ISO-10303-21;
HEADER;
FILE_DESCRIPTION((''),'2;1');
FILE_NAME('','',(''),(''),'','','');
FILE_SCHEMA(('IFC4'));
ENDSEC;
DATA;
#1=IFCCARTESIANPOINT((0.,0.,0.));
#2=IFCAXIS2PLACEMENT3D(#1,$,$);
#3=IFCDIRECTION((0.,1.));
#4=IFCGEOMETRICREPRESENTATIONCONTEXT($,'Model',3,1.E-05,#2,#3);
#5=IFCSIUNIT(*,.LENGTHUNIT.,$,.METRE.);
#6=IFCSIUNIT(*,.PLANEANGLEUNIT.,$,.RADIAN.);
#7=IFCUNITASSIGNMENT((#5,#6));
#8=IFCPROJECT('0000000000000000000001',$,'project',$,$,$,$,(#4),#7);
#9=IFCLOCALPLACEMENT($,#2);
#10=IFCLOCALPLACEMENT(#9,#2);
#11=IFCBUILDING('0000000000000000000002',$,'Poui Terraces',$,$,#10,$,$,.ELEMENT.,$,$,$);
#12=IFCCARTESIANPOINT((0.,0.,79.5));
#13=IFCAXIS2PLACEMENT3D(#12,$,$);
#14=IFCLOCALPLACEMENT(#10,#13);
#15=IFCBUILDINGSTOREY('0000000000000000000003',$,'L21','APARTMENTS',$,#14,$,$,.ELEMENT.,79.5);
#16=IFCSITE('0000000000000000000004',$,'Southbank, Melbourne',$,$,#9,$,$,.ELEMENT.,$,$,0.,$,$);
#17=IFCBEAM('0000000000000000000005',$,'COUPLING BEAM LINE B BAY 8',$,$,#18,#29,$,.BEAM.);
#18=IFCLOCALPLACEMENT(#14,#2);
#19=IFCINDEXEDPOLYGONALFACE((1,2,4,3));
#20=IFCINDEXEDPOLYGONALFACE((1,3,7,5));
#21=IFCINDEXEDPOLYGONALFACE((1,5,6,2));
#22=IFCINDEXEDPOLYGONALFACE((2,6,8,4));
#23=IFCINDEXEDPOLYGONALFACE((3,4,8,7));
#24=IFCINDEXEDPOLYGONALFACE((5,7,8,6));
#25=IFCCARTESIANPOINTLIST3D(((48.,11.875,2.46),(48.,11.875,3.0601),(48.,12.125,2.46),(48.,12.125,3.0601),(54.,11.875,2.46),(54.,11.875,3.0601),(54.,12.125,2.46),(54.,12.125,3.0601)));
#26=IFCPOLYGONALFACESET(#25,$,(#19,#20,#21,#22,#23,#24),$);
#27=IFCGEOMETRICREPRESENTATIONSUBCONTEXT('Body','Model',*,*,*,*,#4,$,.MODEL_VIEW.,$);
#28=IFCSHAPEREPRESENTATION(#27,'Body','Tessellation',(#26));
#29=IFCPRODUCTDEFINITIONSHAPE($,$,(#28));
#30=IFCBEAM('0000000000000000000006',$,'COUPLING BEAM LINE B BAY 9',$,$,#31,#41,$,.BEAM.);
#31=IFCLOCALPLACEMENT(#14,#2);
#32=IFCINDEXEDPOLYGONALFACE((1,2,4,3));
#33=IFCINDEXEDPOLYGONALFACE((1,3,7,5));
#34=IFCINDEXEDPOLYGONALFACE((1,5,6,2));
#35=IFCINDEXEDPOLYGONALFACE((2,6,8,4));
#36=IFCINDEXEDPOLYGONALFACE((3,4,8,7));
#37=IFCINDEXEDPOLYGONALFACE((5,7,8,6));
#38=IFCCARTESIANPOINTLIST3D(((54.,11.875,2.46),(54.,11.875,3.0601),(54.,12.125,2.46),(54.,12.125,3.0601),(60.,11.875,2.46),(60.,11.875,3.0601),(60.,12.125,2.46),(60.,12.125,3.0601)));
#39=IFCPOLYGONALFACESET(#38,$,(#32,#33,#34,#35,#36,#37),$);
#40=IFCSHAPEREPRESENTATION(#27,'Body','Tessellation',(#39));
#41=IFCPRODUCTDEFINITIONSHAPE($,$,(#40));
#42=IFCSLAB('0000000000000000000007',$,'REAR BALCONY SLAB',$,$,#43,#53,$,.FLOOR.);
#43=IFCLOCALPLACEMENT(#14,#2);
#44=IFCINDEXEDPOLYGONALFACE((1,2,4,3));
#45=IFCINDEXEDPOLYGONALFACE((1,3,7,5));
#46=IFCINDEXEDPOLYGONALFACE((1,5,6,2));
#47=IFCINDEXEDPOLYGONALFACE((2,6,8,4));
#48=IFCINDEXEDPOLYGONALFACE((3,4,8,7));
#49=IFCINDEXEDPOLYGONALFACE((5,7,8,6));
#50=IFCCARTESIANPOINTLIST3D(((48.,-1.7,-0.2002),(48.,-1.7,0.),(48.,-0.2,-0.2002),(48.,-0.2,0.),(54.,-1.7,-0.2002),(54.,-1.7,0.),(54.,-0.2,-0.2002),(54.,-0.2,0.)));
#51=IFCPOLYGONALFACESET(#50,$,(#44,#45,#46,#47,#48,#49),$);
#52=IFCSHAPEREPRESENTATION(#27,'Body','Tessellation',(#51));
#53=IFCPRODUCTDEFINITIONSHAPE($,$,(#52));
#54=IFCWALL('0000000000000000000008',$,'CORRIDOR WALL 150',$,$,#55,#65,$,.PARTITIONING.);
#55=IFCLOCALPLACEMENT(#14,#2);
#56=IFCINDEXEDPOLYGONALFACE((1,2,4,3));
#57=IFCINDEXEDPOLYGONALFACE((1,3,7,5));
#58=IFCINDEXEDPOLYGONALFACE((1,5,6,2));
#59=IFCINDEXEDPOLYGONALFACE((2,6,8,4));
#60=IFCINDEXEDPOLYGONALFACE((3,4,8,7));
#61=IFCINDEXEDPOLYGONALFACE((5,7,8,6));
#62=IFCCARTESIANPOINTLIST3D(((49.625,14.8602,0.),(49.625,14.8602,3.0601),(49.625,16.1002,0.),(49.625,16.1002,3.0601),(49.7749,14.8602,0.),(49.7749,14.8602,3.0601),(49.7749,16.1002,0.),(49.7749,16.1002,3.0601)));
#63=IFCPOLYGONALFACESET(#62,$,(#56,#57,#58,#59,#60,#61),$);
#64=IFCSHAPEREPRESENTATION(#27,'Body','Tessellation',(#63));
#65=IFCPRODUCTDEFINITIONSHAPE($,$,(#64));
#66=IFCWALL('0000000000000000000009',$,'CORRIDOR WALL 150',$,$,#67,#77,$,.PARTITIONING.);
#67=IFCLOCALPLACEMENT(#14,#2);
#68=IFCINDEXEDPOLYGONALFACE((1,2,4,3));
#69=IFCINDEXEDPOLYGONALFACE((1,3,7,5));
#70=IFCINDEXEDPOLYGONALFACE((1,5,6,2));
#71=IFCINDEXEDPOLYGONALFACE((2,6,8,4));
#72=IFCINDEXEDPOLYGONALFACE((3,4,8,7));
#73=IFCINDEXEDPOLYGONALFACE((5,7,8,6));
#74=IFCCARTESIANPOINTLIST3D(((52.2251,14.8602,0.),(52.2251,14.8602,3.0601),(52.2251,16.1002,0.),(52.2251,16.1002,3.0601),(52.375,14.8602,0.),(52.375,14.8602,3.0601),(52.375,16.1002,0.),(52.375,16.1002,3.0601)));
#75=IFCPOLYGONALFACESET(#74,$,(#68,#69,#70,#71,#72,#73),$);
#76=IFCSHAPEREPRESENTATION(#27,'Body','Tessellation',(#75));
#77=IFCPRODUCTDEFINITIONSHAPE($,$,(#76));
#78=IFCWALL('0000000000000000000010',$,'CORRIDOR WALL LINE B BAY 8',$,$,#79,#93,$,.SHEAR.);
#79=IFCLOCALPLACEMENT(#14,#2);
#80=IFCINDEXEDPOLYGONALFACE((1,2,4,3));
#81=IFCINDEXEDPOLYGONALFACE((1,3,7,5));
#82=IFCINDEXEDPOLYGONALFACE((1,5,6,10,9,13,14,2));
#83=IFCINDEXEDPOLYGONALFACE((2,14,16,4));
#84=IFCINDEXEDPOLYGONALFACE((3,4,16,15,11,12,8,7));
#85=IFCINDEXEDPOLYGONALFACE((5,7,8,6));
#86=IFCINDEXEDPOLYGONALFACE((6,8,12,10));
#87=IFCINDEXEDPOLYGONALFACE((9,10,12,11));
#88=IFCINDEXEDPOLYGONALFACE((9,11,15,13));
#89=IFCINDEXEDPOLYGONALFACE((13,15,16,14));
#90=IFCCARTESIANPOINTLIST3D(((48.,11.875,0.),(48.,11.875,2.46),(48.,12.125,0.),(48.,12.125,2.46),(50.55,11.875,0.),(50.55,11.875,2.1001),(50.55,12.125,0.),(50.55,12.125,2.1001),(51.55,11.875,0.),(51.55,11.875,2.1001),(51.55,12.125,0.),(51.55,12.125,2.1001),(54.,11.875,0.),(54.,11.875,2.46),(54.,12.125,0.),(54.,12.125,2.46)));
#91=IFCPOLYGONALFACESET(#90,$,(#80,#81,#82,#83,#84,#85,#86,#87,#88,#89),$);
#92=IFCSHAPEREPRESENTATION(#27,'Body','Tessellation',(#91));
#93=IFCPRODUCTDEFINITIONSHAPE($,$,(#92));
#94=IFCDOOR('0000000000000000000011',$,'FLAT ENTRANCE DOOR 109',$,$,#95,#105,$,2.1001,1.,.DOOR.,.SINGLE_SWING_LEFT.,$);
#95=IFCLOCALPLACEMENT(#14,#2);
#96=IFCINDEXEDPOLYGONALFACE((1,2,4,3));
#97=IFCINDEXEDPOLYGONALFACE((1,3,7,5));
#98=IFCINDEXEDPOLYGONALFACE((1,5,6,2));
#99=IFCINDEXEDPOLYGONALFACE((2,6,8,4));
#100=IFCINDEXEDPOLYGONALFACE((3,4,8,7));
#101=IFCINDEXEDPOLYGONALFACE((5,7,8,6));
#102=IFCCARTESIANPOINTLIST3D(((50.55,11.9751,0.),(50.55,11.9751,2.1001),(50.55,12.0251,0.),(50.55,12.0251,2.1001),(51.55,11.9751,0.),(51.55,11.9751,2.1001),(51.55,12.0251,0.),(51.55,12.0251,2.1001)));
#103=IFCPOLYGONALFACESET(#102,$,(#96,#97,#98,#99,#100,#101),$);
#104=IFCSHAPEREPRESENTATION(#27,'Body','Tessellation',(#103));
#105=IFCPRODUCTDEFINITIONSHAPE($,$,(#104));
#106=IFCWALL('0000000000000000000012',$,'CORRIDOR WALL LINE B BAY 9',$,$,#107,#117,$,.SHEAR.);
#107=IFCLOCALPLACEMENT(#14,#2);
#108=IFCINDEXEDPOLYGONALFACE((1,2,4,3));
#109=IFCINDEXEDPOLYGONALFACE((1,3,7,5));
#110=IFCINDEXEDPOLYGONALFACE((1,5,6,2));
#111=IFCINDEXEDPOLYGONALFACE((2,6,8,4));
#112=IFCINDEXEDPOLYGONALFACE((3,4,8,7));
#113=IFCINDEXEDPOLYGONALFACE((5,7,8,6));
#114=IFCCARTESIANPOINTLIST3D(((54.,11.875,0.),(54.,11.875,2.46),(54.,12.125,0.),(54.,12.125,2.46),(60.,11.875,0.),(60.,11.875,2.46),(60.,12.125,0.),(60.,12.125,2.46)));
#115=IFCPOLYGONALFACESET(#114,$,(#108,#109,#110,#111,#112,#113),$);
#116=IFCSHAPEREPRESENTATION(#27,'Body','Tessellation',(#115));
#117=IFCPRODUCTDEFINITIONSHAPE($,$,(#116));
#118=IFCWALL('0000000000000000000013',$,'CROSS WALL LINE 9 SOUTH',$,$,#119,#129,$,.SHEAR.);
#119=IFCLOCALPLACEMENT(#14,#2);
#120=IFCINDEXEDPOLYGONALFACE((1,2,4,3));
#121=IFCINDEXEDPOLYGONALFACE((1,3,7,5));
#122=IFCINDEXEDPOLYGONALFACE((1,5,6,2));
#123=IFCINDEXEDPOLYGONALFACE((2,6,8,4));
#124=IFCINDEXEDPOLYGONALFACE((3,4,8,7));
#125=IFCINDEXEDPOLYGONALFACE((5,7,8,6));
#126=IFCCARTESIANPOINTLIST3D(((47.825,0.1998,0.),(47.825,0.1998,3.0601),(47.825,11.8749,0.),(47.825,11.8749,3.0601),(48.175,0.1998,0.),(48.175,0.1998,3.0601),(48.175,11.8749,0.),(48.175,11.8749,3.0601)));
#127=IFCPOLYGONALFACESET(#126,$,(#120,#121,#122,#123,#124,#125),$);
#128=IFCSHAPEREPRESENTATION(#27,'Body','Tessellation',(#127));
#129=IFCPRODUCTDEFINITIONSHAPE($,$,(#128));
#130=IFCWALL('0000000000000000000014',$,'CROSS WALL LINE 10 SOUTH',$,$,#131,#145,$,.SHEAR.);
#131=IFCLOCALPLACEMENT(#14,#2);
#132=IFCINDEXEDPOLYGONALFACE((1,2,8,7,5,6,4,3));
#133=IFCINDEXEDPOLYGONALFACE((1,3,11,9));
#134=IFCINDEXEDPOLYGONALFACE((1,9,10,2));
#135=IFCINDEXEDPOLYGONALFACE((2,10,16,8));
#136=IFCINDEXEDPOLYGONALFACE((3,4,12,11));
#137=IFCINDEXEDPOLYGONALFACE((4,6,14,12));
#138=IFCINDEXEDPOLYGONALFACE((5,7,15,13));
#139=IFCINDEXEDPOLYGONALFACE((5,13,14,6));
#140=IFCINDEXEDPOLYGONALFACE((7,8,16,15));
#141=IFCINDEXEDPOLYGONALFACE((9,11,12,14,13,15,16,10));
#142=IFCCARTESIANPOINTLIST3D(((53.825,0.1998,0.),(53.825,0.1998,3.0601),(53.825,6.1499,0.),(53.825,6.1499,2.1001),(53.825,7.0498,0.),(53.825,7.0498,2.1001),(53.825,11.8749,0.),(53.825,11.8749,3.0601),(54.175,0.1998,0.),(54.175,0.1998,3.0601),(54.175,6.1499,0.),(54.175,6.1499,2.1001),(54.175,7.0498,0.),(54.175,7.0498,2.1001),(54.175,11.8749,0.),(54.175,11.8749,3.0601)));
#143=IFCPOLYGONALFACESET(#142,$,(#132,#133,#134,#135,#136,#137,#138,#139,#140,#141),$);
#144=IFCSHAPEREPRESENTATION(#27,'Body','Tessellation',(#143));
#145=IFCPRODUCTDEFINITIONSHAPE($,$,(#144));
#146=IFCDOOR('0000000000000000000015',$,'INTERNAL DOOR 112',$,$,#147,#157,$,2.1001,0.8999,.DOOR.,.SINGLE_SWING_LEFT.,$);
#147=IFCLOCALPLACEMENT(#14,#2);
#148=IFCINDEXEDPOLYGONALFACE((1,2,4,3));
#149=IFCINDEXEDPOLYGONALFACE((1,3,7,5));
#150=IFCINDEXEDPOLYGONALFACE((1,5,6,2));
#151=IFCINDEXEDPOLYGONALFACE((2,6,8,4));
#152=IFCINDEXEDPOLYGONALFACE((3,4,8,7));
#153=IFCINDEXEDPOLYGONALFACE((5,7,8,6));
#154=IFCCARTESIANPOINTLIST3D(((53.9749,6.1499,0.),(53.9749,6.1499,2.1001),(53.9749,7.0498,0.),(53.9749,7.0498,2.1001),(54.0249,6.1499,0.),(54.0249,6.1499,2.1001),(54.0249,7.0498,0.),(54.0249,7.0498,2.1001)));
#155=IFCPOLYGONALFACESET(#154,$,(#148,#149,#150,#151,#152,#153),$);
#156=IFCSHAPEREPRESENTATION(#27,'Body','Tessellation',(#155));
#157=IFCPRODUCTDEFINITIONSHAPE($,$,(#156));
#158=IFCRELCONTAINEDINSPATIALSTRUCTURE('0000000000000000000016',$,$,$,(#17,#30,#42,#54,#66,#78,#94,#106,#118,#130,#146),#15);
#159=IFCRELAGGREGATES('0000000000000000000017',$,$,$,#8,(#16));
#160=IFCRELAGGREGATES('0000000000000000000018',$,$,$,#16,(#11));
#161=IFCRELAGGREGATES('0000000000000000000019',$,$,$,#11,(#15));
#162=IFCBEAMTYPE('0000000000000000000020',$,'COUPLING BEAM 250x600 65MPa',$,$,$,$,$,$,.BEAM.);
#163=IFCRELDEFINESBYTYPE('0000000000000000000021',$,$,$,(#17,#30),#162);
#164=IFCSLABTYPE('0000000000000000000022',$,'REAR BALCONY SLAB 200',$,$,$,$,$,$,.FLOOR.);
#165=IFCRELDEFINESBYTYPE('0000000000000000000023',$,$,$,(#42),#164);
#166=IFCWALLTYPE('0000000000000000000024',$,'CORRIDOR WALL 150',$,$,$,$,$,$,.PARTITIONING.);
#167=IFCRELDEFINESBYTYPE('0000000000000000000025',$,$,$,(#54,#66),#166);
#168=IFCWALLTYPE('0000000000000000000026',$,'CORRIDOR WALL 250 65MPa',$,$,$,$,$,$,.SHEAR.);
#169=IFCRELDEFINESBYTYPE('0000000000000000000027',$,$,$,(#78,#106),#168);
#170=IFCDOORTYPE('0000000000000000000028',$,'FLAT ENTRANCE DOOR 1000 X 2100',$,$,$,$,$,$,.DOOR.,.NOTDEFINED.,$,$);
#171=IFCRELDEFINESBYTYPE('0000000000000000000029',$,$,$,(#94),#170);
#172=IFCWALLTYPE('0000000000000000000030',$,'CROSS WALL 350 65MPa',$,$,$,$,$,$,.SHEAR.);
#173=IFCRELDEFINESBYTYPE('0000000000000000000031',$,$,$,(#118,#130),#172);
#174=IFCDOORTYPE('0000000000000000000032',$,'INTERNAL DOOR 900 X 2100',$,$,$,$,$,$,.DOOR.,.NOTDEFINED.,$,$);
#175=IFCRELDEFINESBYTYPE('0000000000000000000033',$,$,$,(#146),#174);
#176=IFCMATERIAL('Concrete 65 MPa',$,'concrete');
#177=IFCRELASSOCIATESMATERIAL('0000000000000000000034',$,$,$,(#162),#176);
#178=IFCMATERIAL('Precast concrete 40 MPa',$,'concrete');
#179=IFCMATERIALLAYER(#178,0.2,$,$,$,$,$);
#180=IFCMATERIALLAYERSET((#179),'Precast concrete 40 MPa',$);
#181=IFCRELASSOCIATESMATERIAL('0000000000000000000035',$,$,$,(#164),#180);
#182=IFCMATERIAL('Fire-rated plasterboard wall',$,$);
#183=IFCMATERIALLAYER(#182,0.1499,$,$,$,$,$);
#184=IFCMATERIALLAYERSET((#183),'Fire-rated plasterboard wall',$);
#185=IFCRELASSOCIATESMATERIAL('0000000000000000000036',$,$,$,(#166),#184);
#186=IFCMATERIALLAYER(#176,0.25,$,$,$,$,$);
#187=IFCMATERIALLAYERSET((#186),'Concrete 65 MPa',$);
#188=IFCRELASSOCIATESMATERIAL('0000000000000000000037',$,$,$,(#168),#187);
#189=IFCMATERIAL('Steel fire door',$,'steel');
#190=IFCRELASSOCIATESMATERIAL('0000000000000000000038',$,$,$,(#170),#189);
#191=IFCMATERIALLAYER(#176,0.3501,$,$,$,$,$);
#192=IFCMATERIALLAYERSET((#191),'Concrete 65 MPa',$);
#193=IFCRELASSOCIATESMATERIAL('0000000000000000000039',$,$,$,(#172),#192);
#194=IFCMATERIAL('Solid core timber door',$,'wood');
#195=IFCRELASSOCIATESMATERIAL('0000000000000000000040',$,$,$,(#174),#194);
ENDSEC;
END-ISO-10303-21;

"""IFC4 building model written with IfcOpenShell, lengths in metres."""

from ifc_helpers import new_model, si_unit, direction, frame, frame_2d, origin, origin_2d, place, context, subcontext, project, spatial, polyline, rectangle, outline, extrude, source, transform, mapped, material, layer, layer_set, material_profile, profile_set, type_object, element, fill, save


model = new_model("IFC4")

# Units and contexts
model_context = context("Model", 3, precision=1e-05, world=origin(), true_north=direction((0.0, 1.0)))
body_context = subcontext(model_context, "Body", "Model", "MODEL_VIEW")
ifc_project = project(units=[si_unit("LENGTHUNIT", "METRE"), si_unit("PLANEANGLEUNIT", "RADIAN")], contexts=[model_context])

# Site, building, storey
site_placement = place(None, origin())
site = spatial("IfcSite", under=ifc_project, at=site_placement, Name="Southbank, Melbourne", CompositionType="ELEMENT", RefElevation=0.0)
building_placement = place(site_placement, origin())
building = spatial("IfcBuilding", under=site, at=building_placement, Name="Poui Terraces", CompositionType="ELEMENT")
storey_placement = place(building_placement, frame((0.0, 0.0, 79.5)))
storey = spatial("IfcBuildingStorey", under=building, at=storey_placement, Name="L21", Description="APARTMENTS", CompositionType="ELEMENT", Elevation=79.5)

# Beams
ifc_material_1 = material(Name="Concrete 65 MPa", Category="concrete")
ifc_material_profile_1 = material_profile(ifc_material_1, rectangle(XDim=0.25, YDim=0.6001, at=origin_2d()), Name="RC 250x600")
ifc_profile_set_1 = profile_set([ifc_material_profile_1], Name="Concrete 65 MPa")
beam_type = type_object("IfcBeamType", Name="COUPLING BEAM 250x600 65MPa", PredefinedType="BEAM", material=ifc_profile_set_1)
shared_shape_1 = source(origin(), body_context, "Body", "SweptSolid", [
    extrude(rectangle(XDim=0.25, YDim=0.6001, at=origin_2d()), origin(), (0.0, 0.0, 1.0), 6.0),
])
for number, where, z_axis, x_axis, name in (
    (1, (48.0, 12.0, 2.76), (1.0, 0.0, 0.0), (0.0, 1.0, 0.0), "COUPLING BEAM LINE B BAY 8"),
    (2, (54.0, 12.0, 2.76), (1.0, 0.0, 0.0), (0.0, 1.0, 0.0), "COUPLING BEAM LINE B BAY 9"),
):
    element("IfcBeam", number, at=place(storey_placement, frame(where, z_axis=z_axis, x_axis=x_axis)), inside=storey, type_object=beam_type, Name=name, PredefinedType="BEAM", context=body_context, shape_type="MappedRepresentation", body=[
        mapped(shared_shape_1, transform((0.0, 0.0, 0.0))),
    ])

# Slab
ifc_material_2 = material(Name="Precast concrete 40 MPa", Category="concrete")
ifc_layer_1 = layer(ifc_material_2, 0.2)
ifc_layer_set_1 = layer_set([ifc_layer_1], Name="Precast concrete 40 MPa")
slab_type = type_object("IfcSlabType", Name="REAR BALCONY SLAB 200", PredefinedType="FLOOR", material=ifc_layer_set_1)
shared_shape_2 = source(origin(), body_context, "Body", "SweptSolid", [
    extrude(outline(polyline([(0.0, 0.0), (6.0, 0.0), (6.0, 1.5), (0.0, 1.5), (0.0, 0.0)])), origin(), (0.0, 0.0, 1.0), 0.2002),
])
slab_placement = place(storey_placement, frame((48.0, -1.7, -0.2002)))
element("IfcSlab", 3, at=slab_placement, inside=storey, type_object=slab_type, Name="REAR BALCONY SLAB", PredefinedType="FLOOR", context=body_context, shape_type="MappedRepresentation", body=[
    mapped(shared_shape_2, transform((0.0, 0.0, 0.0))),
])

# Walls
ifc_material_3 = material(Name="Fire-rated plasterboard wall")
ifc_layer_2 = layer(ifc_material_3, 0.1499)
ifc_layer_set_2 = layer_set([ifc_layer_2], Name="Fire-rated plasterboard wall")
wall_type_1 = type_object("IfcWallType", Name="CORRIDOR WALL 150", PredefinedType="PARTITIONING", material=ifc_layer_set_2)
for number, where, z_axis, x_axis, name in (
    (4, (49.7, 14.8601, 0.0), (0.0, 0.0, 1.0), (0.0, 1.0, 0.0), "CORRIDOR WALL 150"),
    (5, (52.3, 14.8601, 0.0), (0.0, 0.0, 1.0), (0.0, 1.0, 0.0), "CORRIDOR WALL 150"),
):
    element("IfcWall", number, at=place(storey_placement, frame(where, z_axis=z_axis, x_axis=x_axis)), inside=storey, type_object=wall_type_1, Name=name, PredefinedType="PARTITIONING", context=body_context, shape_type="SweptSolid", body=[
        extrude(rectangle(XDim=1.24, YDim=0.1499, at=frame_2d((0.6201, 0.0))), origin(), (0.0, 0.0, 1.0), 3.0601),
    ])

# Wall, opening, door
ifc_layer_3 = layer(ifc_material_1, 0.25)
ifc_layer_set_3 = layer_set([ifc_layer_3], Name="Concrete 65 MPa")
wall_type_2 = type_object("IfcWallType", Name="CORRIDOR WALL 250 65MPa", PredefinedType="SHEAR", material=ifc_layer_set_3)
wall_1_placement = place(storey_placement, frame((48.0, 12.0, 0.0), z_axis=(0.0, 0.0, 1.0), x_axis=(1.0, 0.0, 0.0)))
wall_1 = element("IfcWall", 6, at=wall_1_placement, inside=storey, type_object=wall_type_2, Name="CORRIDOR WALL LINE B BAY 8", PredefinedType="SHEAR", context=body_context, shape_type="SweptSolid", body=[
    extrude(rectangle(XDim=6.0, YDim=0.25, at=frame_2d((3.0, 0.0))), origin(), (0.0, 0.0, 1.0), 2.46),
])
opening_1_placement = place(wall_1_placement, frame((2.55, 0.0, 0.0)))
opening_1 = element("IfcOpeningElement", 7, at=opening_1_placement, cuts=wall_1, PredefinedType="OPENING", context=body_context, shape_type="SweptSolid", body=[
    extrude(rectangle(XDim=1.0, YDim=2.1001, at=frame_2d((0.5, 1.05))), frame((0.0, 0.135, 0.0), z_axis=(0.0, -1.0, 0.0), x_axis=(1.0, 0.0, 0.0)), (0.0, 0.0, 1.0), 0.27),
])
ifc_material_4 = material(Name="Steel fire door", Category="steel")
door_type_1 = type_object("IfcDoorType", Name="FLAT ENTRANCE DOOR 1000 X 2100", OperationType="NOTDEFINED", PredefinedType="DOOR", material=ifc_material_4)
door_1_placement = place(opening_1_placement, frame((1.0, 0.0, 0.0), z_axis=(0.0, 0.0, 1.0), x_axis=(-1.0, 0.0, 0.0)))
door_1 = element("IfcDoor", 8, at=door_1_placement, inside=storey, type_object=door_type_1, Name="FLAT ENTRANCE DOOR 109", OperationType="SINGLE_SWING_LEFT", OverallHeight=2.1001, OverallWidth=1.0, PredefinedType="DOOR", context=body_context, shape_type="SweptSolid", body=[
    extrude(rectangle(XDim=1.0, YDim=2.1001, at=frame_2d((0.5, 1.05))), frame((0.0, 0.0249, 0.0), z_axis=(0.0, -1.0, 0.0), x_axis=(1.0, 0.0, 0.0)), (0.0, 0.0, 1.0), 0.05),
])
fill(opening_1, door_1)

# Walls
wall_2_placement = place(storey_placement, frame((54.0, 12.0, 0.0), z_axis=(0.0, 0.0, 1.0), x_axis=(1.0, 0.0, 0.0)))
element("IfcWall", 9, at=wall_2_placement, inside=storey, type_object=wall_type_2, Name="CORRIDOR WALL LINE B BAY 9", PredefinedType="SHEAR", context=body_context, shape_type="SweptSolid", body=[
    extrude(rectangle(XDim=6.0, YDim=0.25, at=frame_2d((3.0, 0.0))), origin(), (0.0, 0.0, 1.0), 2.46),
])
ifc_layer_4 = layer(ifc_material_1, 0.3501)
ifc_layer_set_4 = layer_set([ifc_layer_4], Name="Concrete 65 MPa")
wall_type_3 = type_object("IfcWallType", Name="CROSS WALL 350 65MPa", PredefinedType="SHEAR", material=ifc_layer_set_4)
wall_3_placement = place(storey_placement, frame((48.0, 0.2, 0.0), z_axis=(0.0, 0.0, 1.0), x_axis=(0.0, 1.0, 0.0)))
element("IfcWall", 10, at=wall_3_placement, inside=storey, type_object=wall_type_3, Name="CROSS WALL LINE 9 SOUTH", PredefinedType="SHEAR", context=body_context, shape_type="SweptSolid", body=[
    extrude(rectangle(XDim=11.675, YDim=0.3501, at=frame_2d((5.8374, 0.0))), origin(), (0.0, 0.0, 1.0), 3.0601),
])

# Wall, opening, door
wall_4_placement = place(storey_placement, frame((54.0, 0.2, 0.0), z_axis=(0.0, 0.0, 1.0), x_axis=(0.0, 1.0, 0.0)))
wall_4 = element("IfcWall", 11, at=wall_4_placement, inside=storey, type_object=wall_type_3, Name="CROSS WALL LINE 10 SOUTH", PredefinedType="SHEAR", context=body_context, shape_type="SweptSolid", body=[
    extrude(rectangle(XDim=11.675, YDim=0.3501, at=frame_2d((5.8374, 0.0))), origin(), (0.0, 0.0, 1.0), 3.0601),
])
opening_2_placement = place(wall_4_placement, frame((5.95, 0.0, 0.0)))
opening_2 = element("IfcOpeningElement", 12, at=opening_2_placement, cuts=wall_4, PredefinedType="OPENING", context=body_context, shape_type="SweptSolid", body=[
    extrude(rectangle(XDim=0.8999, YDim=2.1001, at=frame_2d((0.45, 1.05))), frame((0.0, 0.1851, 0.0), z_axis=(0.0, -1.0, 0.0), x_axis=(1.0, 0.0, 0.0)), (0.0, 0.0, 1.0), 0.3701),
])
ifc_material_5 = material(Name="Solid core timber door", Category="wood")
door_type_2 = type_object("IfcDoorType", Name="INTERNAL DOOR 900 X 2100", OperationType="NOTDEFINED", PredefinedType="DOOR", material=ifc_material_5)
door_2_placement = place(opening_2_placement, frame((0.8999, 0.0, 0.0), z_axis=(0.0, 0.0, 1.0), x_axis=(-1.0, 0.0, 0.0)))
door_2 = element("IfcDoor", 13, at=door_2_placement, inside=storey, type_object=door_type_2, Name="INTERNAL DOOR 112", OperationType="SINGLE_SWING_LEFT", OverallHeight=2.1001, OverallWidth=0.8999, PredefinedType="DOOR", context=body_context, shape_type="SweptSolid", body=[
    extrude(rectangle(XDim=0.8999, YDim=2.1001, at=frame_2d((0.45, 1.05))), frame((0.0, 0.0249, 0.0), z_axis=(0.0, -1.0, 0.0), x_axis=(1.0, 0.0, 0.0)), (0.0, 0.0, 1.0), 0.05),
])
fill(opening_2, door_2)

save(model, "model.ifc")
